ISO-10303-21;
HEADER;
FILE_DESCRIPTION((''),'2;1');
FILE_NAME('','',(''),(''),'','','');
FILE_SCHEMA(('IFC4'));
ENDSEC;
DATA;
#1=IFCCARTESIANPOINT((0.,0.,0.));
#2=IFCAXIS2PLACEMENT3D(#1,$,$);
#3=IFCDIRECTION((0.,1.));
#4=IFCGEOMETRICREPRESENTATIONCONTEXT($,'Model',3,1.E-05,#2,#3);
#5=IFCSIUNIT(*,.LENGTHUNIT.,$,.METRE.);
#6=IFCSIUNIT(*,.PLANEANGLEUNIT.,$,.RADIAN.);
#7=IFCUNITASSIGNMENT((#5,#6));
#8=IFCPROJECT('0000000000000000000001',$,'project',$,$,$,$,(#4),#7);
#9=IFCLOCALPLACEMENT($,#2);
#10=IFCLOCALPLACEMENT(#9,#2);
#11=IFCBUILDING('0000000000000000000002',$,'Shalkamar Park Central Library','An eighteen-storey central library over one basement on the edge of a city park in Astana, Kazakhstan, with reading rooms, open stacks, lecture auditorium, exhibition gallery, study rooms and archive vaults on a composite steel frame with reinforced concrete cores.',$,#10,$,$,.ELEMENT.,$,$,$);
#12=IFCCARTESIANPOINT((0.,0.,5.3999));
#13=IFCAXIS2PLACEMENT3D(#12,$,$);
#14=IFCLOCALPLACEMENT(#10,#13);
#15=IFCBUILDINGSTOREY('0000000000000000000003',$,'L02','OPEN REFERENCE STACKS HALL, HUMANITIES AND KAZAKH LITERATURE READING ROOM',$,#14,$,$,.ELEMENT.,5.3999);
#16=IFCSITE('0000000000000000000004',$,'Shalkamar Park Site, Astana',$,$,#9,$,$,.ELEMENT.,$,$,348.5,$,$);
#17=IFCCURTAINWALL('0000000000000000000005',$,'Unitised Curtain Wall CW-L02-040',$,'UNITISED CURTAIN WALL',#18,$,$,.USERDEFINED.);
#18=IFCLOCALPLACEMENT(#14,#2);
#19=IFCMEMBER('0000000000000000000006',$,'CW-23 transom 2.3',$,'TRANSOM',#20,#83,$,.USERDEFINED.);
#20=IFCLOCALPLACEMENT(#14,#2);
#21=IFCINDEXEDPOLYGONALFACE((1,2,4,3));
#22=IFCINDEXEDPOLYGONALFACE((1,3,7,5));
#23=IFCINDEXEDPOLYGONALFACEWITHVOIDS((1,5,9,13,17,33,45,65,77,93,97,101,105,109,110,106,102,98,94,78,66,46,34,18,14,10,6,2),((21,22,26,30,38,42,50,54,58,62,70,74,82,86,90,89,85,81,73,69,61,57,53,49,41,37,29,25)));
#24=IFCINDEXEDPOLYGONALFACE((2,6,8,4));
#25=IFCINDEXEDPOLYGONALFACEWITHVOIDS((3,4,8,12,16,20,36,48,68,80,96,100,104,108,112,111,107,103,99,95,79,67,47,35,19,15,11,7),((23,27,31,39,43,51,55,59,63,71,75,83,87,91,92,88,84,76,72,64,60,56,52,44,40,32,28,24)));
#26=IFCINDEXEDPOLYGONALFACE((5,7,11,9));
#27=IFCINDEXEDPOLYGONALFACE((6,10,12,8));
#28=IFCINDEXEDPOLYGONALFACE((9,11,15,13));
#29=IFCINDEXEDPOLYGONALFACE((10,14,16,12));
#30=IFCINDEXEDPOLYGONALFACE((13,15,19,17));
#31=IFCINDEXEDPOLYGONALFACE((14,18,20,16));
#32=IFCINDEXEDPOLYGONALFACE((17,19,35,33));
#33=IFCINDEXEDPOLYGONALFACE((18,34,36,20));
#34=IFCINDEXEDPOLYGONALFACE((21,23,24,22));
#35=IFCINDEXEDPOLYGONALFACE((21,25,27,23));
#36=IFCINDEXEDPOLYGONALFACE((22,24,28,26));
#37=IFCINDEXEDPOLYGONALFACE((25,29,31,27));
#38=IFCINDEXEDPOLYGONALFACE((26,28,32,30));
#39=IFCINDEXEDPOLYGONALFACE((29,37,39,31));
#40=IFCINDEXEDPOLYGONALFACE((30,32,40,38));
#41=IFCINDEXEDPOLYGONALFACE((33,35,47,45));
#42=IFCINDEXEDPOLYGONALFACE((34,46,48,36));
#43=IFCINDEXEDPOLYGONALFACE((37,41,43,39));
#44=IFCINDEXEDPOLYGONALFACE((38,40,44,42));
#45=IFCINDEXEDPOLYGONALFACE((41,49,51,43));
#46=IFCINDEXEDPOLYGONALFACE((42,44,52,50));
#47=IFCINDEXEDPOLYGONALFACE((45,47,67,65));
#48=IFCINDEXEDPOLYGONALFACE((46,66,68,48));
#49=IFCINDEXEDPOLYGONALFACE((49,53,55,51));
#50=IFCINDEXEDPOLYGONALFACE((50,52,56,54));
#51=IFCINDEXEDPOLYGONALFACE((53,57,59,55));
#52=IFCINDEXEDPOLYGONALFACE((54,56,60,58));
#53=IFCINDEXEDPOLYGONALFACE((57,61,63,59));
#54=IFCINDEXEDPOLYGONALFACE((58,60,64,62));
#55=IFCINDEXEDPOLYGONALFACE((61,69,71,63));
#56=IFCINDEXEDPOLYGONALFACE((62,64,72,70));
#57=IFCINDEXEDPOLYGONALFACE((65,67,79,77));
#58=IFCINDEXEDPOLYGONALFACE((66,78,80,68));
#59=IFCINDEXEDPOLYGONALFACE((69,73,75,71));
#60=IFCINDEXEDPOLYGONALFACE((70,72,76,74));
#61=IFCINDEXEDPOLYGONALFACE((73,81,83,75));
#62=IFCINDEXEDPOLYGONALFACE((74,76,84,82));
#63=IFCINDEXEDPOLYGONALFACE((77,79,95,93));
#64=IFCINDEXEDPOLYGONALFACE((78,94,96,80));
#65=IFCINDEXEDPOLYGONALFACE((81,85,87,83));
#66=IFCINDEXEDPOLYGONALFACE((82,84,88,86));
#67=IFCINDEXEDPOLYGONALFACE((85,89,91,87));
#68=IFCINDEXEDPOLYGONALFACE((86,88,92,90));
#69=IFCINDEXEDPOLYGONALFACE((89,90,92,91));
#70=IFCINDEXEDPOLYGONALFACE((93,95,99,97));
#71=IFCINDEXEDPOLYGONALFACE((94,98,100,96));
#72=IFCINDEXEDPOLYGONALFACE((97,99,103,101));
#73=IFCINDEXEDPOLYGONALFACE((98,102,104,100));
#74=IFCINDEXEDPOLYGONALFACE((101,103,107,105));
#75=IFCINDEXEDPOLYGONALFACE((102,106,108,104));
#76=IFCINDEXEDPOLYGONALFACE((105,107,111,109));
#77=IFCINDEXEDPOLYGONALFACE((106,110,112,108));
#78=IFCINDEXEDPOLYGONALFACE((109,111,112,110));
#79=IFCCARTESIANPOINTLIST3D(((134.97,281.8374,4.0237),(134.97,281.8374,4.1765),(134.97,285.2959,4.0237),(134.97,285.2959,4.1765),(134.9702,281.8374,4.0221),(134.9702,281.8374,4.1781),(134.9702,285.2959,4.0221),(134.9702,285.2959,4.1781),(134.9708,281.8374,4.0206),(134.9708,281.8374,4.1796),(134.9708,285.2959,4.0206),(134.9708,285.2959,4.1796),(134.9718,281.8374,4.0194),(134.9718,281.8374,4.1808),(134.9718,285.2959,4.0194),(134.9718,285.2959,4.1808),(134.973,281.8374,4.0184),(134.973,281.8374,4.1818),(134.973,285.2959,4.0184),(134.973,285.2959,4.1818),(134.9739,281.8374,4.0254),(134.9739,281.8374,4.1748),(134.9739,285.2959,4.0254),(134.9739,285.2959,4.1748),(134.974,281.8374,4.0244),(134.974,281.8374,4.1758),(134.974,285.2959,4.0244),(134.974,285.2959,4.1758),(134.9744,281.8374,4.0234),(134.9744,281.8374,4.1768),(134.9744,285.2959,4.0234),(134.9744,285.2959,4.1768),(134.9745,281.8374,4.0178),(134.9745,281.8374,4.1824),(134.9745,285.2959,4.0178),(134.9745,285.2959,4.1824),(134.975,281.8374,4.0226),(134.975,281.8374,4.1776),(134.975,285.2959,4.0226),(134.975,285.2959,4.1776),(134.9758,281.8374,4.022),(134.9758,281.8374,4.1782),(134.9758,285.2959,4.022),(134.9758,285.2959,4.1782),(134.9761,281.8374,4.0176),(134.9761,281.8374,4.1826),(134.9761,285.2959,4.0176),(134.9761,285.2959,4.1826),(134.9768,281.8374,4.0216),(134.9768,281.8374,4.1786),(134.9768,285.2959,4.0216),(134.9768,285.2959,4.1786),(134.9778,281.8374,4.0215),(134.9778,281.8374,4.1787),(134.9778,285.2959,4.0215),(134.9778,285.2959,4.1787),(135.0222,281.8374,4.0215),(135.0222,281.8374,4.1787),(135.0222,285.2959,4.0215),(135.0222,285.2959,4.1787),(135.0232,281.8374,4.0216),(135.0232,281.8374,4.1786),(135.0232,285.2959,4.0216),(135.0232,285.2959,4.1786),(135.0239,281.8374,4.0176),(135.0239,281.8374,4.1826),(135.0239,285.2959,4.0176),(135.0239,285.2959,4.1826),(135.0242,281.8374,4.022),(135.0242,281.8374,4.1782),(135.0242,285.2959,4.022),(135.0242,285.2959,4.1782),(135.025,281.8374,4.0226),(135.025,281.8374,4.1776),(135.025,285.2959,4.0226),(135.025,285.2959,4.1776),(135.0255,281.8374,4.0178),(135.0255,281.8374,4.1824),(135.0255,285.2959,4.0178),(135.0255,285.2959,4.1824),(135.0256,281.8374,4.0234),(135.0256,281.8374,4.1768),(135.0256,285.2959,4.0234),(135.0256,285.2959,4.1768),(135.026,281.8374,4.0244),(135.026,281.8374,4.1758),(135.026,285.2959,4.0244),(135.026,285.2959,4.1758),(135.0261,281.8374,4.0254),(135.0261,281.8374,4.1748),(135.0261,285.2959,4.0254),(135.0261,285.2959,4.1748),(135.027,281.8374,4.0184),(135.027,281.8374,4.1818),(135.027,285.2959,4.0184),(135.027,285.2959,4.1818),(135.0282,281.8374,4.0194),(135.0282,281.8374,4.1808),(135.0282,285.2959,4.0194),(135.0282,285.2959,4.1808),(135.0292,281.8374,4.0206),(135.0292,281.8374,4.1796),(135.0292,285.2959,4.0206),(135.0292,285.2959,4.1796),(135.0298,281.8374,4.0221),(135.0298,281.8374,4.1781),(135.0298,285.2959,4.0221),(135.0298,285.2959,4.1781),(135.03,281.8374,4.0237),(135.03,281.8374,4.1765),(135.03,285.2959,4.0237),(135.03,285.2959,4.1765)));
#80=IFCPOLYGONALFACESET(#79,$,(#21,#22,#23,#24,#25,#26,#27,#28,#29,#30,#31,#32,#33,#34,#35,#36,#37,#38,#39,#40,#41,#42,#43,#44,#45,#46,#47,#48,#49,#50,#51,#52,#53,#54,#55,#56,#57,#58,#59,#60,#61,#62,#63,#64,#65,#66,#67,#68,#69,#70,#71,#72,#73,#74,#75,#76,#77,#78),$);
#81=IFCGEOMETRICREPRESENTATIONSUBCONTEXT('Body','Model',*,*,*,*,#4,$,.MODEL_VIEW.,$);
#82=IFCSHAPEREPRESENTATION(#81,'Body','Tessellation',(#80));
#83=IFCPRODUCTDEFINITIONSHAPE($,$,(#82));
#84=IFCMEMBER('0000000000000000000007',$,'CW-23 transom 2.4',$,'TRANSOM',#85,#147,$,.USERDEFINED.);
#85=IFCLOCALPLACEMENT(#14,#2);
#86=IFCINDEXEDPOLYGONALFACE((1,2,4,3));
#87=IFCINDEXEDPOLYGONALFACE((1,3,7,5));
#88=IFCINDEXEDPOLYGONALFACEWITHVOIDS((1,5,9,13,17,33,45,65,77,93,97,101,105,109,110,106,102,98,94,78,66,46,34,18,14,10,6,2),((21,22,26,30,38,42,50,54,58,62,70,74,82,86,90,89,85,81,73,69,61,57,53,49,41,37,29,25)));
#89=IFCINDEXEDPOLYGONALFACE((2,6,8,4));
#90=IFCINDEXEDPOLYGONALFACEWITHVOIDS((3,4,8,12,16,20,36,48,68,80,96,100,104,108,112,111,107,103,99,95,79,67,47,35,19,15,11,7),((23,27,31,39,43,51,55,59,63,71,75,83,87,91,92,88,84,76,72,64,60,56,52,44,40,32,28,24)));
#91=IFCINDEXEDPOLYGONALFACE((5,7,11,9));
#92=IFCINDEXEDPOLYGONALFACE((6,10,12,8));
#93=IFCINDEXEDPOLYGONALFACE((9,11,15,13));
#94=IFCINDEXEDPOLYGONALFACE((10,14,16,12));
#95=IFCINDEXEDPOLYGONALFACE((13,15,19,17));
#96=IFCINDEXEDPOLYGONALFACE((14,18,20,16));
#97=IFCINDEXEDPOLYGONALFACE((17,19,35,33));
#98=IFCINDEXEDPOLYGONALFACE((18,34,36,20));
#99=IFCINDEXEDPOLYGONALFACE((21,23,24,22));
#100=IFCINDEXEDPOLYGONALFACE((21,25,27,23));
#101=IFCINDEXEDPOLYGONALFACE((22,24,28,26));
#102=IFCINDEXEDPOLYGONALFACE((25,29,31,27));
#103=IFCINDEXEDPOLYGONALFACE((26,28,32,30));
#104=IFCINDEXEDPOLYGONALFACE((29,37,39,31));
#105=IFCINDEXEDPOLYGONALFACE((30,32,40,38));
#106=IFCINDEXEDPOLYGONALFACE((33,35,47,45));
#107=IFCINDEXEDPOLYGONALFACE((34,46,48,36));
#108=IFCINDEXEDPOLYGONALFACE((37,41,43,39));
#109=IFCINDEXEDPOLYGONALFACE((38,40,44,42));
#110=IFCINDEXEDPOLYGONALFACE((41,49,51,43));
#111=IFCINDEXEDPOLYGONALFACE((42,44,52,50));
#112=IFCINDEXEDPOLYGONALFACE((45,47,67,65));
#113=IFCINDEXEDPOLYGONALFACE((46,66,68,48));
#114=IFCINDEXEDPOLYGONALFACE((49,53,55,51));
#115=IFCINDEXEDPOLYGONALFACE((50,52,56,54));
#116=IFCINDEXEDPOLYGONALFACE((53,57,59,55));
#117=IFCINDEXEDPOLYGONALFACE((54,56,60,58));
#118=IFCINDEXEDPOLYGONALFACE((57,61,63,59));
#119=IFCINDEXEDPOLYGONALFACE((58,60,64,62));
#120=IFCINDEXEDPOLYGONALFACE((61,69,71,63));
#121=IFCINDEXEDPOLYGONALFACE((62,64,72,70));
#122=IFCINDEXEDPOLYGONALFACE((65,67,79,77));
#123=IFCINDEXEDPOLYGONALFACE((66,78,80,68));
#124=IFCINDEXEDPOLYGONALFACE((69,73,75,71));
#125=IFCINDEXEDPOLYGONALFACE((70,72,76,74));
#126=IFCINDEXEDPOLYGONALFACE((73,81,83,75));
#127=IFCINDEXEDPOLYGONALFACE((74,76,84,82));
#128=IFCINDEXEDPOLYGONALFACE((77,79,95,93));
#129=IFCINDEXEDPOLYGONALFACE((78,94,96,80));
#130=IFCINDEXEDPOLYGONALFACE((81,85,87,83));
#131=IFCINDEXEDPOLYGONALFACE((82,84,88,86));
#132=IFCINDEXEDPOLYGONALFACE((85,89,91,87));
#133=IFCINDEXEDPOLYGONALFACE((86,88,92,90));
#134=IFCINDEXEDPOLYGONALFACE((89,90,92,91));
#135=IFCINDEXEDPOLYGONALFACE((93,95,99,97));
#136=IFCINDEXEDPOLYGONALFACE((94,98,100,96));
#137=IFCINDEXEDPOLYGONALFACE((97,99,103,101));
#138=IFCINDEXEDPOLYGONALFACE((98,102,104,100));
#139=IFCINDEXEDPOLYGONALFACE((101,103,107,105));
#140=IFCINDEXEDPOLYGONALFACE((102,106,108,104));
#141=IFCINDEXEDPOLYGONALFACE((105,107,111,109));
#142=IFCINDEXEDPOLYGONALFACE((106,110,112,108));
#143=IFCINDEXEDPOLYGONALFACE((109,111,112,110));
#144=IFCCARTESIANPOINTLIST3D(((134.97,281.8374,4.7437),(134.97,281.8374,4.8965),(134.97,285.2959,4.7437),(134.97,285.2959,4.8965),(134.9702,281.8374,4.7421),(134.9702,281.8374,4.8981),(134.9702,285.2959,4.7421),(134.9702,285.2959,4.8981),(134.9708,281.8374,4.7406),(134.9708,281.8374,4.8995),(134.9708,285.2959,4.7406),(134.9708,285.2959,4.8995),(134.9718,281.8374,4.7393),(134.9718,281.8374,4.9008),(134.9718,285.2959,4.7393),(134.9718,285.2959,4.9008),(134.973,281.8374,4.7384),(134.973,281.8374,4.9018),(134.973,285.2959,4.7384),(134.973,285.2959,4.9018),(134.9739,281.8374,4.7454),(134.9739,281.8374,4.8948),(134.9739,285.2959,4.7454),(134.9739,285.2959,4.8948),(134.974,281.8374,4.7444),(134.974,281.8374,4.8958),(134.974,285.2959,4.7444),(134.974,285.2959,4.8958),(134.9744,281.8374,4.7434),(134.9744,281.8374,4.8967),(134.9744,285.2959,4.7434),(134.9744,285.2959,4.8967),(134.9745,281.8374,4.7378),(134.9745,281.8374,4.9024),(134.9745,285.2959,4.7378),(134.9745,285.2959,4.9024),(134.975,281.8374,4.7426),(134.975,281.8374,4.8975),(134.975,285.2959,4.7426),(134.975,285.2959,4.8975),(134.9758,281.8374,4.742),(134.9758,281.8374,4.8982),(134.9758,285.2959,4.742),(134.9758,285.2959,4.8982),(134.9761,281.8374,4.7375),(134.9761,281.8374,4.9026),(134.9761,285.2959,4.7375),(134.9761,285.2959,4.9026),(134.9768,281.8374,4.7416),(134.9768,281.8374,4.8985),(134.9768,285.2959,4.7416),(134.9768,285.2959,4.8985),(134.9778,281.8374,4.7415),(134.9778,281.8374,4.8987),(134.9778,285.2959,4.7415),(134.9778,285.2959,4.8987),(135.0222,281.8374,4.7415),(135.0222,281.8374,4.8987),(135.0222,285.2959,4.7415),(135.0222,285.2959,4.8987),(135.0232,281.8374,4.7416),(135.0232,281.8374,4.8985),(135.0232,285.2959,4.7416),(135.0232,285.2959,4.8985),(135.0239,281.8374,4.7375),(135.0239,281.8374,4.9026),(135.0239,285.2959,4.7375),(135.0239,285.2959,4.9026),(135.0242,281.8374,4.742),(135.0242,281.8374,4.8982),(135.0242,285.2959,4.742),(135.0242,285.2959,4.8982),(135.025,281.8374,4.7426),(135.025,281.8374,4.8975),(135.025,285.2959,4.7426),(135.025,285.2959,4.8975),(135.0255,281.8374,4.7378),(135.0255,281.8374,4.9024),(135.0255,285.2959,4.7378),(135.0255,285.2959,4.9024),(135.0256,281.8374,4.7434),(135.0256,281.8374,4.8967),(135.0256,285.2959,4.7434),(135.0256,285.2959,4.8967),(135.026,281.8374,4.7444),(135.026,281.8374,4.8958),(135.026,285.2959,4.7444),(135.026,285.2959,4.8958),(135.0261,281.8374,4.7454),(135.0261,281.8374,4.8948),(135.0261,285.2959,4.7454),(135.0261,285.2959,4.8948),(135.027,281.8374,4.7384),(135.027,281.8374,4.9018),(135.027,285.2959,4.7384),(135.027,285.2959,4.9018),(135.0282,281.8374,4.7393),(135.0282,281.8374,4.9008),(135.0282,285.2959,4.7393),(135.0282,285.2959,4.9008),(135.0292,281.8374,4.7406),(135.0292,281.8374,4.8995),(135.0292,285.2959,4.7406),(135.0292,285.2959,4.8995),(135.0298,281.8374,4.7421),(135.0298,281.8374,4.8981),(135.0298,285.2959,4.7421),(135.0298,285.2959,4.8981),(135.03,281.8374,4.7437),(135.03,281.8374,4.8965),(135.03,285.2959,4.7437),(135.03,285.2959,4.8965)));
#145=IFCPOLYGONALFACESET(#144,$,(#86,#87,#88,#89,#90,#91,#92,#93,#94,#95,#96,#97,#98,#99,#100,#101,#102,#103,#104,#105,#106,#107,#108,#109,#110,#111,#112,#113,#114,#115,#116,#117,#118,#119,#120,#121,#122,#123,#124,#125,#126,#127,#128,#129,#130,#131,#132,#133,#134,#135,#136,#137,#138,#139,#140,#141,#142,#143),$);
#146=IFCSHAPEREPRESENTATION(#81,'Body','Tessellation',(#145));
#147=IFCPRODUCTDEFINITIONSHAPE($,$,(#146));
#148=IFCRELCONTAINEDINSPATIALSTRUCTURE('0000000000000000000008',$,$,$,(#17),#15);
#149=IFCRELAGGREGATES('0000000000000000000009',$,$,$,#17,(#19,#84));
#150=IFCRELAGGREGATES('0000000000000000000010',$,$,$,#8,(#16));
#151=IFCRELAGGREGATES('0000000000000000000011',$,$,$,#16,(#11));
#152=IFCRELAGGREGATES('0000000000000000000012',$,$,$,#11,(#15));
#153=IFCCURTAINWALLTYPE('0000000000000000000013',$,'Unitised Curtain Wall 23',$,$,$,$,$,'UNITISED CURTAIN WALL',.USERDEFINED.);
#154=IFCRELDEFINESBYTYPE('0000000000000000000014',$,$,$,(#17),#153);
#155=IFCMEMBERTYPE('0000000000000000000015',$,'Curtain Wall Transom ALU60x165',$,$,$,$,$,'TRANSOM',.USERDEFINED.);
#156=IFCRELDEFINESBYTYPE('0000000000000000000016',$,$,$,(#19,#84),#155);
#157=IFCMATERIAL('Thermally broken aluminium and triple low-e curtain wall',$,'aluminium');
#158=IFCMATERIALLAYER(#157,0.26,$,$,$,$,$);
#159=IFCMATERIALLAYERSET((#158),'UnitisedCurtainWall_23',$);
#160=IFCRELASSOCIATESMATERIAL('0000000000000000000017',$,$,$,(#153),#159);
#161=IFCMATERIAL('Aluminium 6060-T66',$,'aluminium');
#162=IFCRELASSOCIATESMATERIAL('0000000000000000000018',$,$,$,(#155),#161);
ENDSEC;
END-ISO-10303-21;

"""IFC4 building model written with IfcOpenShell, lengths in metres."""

from ifc_helpers import new_model, si_unit, direction, frame, origin, origin_2d, place, context, subcontext, project, spatial, hollow_rectangle, extrude, material, layer, layer_set, material_profile, profile_set, type_object, element, aggregate, save


model = new_model("IFC4")

# Units and contexts
model_context = context("Model", 3, precision=1e-05, world=origin(), true_north=direction((0.0, 1.0)))
body_context = subcontext(model_context, "Body", "Model", "MODEL_VIEW")
ifc_project = project(units=[si_unit("LENGTHUNIT", "METRE"), si_unit("PLANEANGLEUNIT", "RADIAN")], contexts=[model_context])

# Site, building, storey
site_placement = place(None, origin())
site = spatial("IfcSite", under=ifc_project, at=site_placement, Name="Shalkamar Park Site, Astana", CompositionType="ELEMENT", RefElevation=348.5)
building_placement = place(site_placement, origin())
building = spatial("IfcBuilding", under=site, at=building_placement, Name="Shalkamar Park Central Library", Description="An eighteen-storey central library over one basement on the edge of a city park in Astana, Kazakhstan, with reading rooms, open stacks, lecture auditorium, exhibition gallery, study rooms and archive vaults on a composite steel frame with reinforced concrete cores.", CompositionType="ELEMENT")
storey_placement = place(building_placement, frame((0.0, 0.0, 5.3999)))
storey = spatial("IfcBuildingStorey", under=building, at=storey_placement, Name="L02", Description="OPEN REFERENCE STACKS HALL, HUMANITIES AND KAZAKH LITERATURE READING ROOM", CompositionType="ELEMENT", Elevation=5.3999)

# Curtain wall, members
ifc_material_1 = material(Name="Thermally broken aluminium and triple low-e curtain wall", Category="aluminium")
ifc_layer_1 = layer(ifc_material_1, 0.26)
ifc_layer_set_1 = layer_set([ifc_layer_1], Name="UnitisedCurtainWall_23")
curtain_wall_type = type_object("IfcCurtainWallType", Name="Unitised Curtain Wall 23", ElementType="UNITISED CURTAIN WALL", PredefinedType="USERDEFINED", material=ifc_layer_set_1)
curtain_wall_placement = place(storey_placement, origin())
curtain_wall = element("IfcCurtainWall", 1, at=curtain_wall_placement, inside=storey, type_object=curtain_wall_type, Name="Unitised Curtain Wall CW-L02-040", ObjectType="UNITISED CURTAIN WALL", PredefinedType="USERDEFINED")
ifc_material_2 = material(Name="Aluminium 6060-T66", Category="aluminium")
ifc_material_profile_1 = material_profile(ifc_material_2, hollow_rectangle(XDim=0.0601, YDim=0.165, WallThickness=0.0039, InnerFilletRadius=0.0039, OuterFilletRadius=0.0061, at=origin_2d()), Name="ALU 60x165x4")
ifc_profile_set_1 = profile_set([ifc_material_profile_1], Name="Aluminium 6060-T66")
member_type_1 = type_object("IfcMemberType", Name="Curtain Wall Transom ALU60x165", ElementType="TRANSOM", PredefinedType="USERDEFINED", material=ifc_profile_set_1)
member_1_placement = place(storey_placement, frame((135.0, 281.8374, 4.1001), z_axis=(0.0, 1.0, 0.0), x_axis=(-1.0, 0.0, 0.0)))
member_1 = element("IfcMember", 2, at=member_1_placement, type_object=member_type_1, Name="CW-23 transom 2.3", ObjectType="TRANSOM", PredefinedType="USERDEFINED", context=body_context, shape_type="SweptSolid", body=[
    extrude(hollow_rectangle(XDim=0.0601, YDim=0.165, WallThickness=0.0039, InnerFilletRadius=0.0039, OuterFilletRadius=0.0061, at=origin_2d()), origin(), (0.0, 0.0, 1.0), 3.4585),
])
member_2_placement = place(storey_placement, frame((135.0, 281.8374, 4.8201), z_axis=(0.0, 1.0, 0.0), x_axis=(-1.0, 0.0, 0.0)))
member_2 = element("IfcMember", 3, at=member_2_placement, type_object=member_type_1, Name="CW-23 transom 2.4", ObjectType="TRANSOM", PredefinedType="USERDEFINED", context=body_context, shape_type="SweptSolid", body=[
    extrude(hollow_rectangle(XDim=0.0601, YDim=0.165, WallThickness=0.0039, InnerFilletRadius=0.0039, OuterFilletRadius=0.0061, at=origin_2d()), origin(), (0.0, 0.0, 1.0), 3.4585),
])

aggregate(curtain_wall, [member_1, member_2])

save(model, "model.ifc")
